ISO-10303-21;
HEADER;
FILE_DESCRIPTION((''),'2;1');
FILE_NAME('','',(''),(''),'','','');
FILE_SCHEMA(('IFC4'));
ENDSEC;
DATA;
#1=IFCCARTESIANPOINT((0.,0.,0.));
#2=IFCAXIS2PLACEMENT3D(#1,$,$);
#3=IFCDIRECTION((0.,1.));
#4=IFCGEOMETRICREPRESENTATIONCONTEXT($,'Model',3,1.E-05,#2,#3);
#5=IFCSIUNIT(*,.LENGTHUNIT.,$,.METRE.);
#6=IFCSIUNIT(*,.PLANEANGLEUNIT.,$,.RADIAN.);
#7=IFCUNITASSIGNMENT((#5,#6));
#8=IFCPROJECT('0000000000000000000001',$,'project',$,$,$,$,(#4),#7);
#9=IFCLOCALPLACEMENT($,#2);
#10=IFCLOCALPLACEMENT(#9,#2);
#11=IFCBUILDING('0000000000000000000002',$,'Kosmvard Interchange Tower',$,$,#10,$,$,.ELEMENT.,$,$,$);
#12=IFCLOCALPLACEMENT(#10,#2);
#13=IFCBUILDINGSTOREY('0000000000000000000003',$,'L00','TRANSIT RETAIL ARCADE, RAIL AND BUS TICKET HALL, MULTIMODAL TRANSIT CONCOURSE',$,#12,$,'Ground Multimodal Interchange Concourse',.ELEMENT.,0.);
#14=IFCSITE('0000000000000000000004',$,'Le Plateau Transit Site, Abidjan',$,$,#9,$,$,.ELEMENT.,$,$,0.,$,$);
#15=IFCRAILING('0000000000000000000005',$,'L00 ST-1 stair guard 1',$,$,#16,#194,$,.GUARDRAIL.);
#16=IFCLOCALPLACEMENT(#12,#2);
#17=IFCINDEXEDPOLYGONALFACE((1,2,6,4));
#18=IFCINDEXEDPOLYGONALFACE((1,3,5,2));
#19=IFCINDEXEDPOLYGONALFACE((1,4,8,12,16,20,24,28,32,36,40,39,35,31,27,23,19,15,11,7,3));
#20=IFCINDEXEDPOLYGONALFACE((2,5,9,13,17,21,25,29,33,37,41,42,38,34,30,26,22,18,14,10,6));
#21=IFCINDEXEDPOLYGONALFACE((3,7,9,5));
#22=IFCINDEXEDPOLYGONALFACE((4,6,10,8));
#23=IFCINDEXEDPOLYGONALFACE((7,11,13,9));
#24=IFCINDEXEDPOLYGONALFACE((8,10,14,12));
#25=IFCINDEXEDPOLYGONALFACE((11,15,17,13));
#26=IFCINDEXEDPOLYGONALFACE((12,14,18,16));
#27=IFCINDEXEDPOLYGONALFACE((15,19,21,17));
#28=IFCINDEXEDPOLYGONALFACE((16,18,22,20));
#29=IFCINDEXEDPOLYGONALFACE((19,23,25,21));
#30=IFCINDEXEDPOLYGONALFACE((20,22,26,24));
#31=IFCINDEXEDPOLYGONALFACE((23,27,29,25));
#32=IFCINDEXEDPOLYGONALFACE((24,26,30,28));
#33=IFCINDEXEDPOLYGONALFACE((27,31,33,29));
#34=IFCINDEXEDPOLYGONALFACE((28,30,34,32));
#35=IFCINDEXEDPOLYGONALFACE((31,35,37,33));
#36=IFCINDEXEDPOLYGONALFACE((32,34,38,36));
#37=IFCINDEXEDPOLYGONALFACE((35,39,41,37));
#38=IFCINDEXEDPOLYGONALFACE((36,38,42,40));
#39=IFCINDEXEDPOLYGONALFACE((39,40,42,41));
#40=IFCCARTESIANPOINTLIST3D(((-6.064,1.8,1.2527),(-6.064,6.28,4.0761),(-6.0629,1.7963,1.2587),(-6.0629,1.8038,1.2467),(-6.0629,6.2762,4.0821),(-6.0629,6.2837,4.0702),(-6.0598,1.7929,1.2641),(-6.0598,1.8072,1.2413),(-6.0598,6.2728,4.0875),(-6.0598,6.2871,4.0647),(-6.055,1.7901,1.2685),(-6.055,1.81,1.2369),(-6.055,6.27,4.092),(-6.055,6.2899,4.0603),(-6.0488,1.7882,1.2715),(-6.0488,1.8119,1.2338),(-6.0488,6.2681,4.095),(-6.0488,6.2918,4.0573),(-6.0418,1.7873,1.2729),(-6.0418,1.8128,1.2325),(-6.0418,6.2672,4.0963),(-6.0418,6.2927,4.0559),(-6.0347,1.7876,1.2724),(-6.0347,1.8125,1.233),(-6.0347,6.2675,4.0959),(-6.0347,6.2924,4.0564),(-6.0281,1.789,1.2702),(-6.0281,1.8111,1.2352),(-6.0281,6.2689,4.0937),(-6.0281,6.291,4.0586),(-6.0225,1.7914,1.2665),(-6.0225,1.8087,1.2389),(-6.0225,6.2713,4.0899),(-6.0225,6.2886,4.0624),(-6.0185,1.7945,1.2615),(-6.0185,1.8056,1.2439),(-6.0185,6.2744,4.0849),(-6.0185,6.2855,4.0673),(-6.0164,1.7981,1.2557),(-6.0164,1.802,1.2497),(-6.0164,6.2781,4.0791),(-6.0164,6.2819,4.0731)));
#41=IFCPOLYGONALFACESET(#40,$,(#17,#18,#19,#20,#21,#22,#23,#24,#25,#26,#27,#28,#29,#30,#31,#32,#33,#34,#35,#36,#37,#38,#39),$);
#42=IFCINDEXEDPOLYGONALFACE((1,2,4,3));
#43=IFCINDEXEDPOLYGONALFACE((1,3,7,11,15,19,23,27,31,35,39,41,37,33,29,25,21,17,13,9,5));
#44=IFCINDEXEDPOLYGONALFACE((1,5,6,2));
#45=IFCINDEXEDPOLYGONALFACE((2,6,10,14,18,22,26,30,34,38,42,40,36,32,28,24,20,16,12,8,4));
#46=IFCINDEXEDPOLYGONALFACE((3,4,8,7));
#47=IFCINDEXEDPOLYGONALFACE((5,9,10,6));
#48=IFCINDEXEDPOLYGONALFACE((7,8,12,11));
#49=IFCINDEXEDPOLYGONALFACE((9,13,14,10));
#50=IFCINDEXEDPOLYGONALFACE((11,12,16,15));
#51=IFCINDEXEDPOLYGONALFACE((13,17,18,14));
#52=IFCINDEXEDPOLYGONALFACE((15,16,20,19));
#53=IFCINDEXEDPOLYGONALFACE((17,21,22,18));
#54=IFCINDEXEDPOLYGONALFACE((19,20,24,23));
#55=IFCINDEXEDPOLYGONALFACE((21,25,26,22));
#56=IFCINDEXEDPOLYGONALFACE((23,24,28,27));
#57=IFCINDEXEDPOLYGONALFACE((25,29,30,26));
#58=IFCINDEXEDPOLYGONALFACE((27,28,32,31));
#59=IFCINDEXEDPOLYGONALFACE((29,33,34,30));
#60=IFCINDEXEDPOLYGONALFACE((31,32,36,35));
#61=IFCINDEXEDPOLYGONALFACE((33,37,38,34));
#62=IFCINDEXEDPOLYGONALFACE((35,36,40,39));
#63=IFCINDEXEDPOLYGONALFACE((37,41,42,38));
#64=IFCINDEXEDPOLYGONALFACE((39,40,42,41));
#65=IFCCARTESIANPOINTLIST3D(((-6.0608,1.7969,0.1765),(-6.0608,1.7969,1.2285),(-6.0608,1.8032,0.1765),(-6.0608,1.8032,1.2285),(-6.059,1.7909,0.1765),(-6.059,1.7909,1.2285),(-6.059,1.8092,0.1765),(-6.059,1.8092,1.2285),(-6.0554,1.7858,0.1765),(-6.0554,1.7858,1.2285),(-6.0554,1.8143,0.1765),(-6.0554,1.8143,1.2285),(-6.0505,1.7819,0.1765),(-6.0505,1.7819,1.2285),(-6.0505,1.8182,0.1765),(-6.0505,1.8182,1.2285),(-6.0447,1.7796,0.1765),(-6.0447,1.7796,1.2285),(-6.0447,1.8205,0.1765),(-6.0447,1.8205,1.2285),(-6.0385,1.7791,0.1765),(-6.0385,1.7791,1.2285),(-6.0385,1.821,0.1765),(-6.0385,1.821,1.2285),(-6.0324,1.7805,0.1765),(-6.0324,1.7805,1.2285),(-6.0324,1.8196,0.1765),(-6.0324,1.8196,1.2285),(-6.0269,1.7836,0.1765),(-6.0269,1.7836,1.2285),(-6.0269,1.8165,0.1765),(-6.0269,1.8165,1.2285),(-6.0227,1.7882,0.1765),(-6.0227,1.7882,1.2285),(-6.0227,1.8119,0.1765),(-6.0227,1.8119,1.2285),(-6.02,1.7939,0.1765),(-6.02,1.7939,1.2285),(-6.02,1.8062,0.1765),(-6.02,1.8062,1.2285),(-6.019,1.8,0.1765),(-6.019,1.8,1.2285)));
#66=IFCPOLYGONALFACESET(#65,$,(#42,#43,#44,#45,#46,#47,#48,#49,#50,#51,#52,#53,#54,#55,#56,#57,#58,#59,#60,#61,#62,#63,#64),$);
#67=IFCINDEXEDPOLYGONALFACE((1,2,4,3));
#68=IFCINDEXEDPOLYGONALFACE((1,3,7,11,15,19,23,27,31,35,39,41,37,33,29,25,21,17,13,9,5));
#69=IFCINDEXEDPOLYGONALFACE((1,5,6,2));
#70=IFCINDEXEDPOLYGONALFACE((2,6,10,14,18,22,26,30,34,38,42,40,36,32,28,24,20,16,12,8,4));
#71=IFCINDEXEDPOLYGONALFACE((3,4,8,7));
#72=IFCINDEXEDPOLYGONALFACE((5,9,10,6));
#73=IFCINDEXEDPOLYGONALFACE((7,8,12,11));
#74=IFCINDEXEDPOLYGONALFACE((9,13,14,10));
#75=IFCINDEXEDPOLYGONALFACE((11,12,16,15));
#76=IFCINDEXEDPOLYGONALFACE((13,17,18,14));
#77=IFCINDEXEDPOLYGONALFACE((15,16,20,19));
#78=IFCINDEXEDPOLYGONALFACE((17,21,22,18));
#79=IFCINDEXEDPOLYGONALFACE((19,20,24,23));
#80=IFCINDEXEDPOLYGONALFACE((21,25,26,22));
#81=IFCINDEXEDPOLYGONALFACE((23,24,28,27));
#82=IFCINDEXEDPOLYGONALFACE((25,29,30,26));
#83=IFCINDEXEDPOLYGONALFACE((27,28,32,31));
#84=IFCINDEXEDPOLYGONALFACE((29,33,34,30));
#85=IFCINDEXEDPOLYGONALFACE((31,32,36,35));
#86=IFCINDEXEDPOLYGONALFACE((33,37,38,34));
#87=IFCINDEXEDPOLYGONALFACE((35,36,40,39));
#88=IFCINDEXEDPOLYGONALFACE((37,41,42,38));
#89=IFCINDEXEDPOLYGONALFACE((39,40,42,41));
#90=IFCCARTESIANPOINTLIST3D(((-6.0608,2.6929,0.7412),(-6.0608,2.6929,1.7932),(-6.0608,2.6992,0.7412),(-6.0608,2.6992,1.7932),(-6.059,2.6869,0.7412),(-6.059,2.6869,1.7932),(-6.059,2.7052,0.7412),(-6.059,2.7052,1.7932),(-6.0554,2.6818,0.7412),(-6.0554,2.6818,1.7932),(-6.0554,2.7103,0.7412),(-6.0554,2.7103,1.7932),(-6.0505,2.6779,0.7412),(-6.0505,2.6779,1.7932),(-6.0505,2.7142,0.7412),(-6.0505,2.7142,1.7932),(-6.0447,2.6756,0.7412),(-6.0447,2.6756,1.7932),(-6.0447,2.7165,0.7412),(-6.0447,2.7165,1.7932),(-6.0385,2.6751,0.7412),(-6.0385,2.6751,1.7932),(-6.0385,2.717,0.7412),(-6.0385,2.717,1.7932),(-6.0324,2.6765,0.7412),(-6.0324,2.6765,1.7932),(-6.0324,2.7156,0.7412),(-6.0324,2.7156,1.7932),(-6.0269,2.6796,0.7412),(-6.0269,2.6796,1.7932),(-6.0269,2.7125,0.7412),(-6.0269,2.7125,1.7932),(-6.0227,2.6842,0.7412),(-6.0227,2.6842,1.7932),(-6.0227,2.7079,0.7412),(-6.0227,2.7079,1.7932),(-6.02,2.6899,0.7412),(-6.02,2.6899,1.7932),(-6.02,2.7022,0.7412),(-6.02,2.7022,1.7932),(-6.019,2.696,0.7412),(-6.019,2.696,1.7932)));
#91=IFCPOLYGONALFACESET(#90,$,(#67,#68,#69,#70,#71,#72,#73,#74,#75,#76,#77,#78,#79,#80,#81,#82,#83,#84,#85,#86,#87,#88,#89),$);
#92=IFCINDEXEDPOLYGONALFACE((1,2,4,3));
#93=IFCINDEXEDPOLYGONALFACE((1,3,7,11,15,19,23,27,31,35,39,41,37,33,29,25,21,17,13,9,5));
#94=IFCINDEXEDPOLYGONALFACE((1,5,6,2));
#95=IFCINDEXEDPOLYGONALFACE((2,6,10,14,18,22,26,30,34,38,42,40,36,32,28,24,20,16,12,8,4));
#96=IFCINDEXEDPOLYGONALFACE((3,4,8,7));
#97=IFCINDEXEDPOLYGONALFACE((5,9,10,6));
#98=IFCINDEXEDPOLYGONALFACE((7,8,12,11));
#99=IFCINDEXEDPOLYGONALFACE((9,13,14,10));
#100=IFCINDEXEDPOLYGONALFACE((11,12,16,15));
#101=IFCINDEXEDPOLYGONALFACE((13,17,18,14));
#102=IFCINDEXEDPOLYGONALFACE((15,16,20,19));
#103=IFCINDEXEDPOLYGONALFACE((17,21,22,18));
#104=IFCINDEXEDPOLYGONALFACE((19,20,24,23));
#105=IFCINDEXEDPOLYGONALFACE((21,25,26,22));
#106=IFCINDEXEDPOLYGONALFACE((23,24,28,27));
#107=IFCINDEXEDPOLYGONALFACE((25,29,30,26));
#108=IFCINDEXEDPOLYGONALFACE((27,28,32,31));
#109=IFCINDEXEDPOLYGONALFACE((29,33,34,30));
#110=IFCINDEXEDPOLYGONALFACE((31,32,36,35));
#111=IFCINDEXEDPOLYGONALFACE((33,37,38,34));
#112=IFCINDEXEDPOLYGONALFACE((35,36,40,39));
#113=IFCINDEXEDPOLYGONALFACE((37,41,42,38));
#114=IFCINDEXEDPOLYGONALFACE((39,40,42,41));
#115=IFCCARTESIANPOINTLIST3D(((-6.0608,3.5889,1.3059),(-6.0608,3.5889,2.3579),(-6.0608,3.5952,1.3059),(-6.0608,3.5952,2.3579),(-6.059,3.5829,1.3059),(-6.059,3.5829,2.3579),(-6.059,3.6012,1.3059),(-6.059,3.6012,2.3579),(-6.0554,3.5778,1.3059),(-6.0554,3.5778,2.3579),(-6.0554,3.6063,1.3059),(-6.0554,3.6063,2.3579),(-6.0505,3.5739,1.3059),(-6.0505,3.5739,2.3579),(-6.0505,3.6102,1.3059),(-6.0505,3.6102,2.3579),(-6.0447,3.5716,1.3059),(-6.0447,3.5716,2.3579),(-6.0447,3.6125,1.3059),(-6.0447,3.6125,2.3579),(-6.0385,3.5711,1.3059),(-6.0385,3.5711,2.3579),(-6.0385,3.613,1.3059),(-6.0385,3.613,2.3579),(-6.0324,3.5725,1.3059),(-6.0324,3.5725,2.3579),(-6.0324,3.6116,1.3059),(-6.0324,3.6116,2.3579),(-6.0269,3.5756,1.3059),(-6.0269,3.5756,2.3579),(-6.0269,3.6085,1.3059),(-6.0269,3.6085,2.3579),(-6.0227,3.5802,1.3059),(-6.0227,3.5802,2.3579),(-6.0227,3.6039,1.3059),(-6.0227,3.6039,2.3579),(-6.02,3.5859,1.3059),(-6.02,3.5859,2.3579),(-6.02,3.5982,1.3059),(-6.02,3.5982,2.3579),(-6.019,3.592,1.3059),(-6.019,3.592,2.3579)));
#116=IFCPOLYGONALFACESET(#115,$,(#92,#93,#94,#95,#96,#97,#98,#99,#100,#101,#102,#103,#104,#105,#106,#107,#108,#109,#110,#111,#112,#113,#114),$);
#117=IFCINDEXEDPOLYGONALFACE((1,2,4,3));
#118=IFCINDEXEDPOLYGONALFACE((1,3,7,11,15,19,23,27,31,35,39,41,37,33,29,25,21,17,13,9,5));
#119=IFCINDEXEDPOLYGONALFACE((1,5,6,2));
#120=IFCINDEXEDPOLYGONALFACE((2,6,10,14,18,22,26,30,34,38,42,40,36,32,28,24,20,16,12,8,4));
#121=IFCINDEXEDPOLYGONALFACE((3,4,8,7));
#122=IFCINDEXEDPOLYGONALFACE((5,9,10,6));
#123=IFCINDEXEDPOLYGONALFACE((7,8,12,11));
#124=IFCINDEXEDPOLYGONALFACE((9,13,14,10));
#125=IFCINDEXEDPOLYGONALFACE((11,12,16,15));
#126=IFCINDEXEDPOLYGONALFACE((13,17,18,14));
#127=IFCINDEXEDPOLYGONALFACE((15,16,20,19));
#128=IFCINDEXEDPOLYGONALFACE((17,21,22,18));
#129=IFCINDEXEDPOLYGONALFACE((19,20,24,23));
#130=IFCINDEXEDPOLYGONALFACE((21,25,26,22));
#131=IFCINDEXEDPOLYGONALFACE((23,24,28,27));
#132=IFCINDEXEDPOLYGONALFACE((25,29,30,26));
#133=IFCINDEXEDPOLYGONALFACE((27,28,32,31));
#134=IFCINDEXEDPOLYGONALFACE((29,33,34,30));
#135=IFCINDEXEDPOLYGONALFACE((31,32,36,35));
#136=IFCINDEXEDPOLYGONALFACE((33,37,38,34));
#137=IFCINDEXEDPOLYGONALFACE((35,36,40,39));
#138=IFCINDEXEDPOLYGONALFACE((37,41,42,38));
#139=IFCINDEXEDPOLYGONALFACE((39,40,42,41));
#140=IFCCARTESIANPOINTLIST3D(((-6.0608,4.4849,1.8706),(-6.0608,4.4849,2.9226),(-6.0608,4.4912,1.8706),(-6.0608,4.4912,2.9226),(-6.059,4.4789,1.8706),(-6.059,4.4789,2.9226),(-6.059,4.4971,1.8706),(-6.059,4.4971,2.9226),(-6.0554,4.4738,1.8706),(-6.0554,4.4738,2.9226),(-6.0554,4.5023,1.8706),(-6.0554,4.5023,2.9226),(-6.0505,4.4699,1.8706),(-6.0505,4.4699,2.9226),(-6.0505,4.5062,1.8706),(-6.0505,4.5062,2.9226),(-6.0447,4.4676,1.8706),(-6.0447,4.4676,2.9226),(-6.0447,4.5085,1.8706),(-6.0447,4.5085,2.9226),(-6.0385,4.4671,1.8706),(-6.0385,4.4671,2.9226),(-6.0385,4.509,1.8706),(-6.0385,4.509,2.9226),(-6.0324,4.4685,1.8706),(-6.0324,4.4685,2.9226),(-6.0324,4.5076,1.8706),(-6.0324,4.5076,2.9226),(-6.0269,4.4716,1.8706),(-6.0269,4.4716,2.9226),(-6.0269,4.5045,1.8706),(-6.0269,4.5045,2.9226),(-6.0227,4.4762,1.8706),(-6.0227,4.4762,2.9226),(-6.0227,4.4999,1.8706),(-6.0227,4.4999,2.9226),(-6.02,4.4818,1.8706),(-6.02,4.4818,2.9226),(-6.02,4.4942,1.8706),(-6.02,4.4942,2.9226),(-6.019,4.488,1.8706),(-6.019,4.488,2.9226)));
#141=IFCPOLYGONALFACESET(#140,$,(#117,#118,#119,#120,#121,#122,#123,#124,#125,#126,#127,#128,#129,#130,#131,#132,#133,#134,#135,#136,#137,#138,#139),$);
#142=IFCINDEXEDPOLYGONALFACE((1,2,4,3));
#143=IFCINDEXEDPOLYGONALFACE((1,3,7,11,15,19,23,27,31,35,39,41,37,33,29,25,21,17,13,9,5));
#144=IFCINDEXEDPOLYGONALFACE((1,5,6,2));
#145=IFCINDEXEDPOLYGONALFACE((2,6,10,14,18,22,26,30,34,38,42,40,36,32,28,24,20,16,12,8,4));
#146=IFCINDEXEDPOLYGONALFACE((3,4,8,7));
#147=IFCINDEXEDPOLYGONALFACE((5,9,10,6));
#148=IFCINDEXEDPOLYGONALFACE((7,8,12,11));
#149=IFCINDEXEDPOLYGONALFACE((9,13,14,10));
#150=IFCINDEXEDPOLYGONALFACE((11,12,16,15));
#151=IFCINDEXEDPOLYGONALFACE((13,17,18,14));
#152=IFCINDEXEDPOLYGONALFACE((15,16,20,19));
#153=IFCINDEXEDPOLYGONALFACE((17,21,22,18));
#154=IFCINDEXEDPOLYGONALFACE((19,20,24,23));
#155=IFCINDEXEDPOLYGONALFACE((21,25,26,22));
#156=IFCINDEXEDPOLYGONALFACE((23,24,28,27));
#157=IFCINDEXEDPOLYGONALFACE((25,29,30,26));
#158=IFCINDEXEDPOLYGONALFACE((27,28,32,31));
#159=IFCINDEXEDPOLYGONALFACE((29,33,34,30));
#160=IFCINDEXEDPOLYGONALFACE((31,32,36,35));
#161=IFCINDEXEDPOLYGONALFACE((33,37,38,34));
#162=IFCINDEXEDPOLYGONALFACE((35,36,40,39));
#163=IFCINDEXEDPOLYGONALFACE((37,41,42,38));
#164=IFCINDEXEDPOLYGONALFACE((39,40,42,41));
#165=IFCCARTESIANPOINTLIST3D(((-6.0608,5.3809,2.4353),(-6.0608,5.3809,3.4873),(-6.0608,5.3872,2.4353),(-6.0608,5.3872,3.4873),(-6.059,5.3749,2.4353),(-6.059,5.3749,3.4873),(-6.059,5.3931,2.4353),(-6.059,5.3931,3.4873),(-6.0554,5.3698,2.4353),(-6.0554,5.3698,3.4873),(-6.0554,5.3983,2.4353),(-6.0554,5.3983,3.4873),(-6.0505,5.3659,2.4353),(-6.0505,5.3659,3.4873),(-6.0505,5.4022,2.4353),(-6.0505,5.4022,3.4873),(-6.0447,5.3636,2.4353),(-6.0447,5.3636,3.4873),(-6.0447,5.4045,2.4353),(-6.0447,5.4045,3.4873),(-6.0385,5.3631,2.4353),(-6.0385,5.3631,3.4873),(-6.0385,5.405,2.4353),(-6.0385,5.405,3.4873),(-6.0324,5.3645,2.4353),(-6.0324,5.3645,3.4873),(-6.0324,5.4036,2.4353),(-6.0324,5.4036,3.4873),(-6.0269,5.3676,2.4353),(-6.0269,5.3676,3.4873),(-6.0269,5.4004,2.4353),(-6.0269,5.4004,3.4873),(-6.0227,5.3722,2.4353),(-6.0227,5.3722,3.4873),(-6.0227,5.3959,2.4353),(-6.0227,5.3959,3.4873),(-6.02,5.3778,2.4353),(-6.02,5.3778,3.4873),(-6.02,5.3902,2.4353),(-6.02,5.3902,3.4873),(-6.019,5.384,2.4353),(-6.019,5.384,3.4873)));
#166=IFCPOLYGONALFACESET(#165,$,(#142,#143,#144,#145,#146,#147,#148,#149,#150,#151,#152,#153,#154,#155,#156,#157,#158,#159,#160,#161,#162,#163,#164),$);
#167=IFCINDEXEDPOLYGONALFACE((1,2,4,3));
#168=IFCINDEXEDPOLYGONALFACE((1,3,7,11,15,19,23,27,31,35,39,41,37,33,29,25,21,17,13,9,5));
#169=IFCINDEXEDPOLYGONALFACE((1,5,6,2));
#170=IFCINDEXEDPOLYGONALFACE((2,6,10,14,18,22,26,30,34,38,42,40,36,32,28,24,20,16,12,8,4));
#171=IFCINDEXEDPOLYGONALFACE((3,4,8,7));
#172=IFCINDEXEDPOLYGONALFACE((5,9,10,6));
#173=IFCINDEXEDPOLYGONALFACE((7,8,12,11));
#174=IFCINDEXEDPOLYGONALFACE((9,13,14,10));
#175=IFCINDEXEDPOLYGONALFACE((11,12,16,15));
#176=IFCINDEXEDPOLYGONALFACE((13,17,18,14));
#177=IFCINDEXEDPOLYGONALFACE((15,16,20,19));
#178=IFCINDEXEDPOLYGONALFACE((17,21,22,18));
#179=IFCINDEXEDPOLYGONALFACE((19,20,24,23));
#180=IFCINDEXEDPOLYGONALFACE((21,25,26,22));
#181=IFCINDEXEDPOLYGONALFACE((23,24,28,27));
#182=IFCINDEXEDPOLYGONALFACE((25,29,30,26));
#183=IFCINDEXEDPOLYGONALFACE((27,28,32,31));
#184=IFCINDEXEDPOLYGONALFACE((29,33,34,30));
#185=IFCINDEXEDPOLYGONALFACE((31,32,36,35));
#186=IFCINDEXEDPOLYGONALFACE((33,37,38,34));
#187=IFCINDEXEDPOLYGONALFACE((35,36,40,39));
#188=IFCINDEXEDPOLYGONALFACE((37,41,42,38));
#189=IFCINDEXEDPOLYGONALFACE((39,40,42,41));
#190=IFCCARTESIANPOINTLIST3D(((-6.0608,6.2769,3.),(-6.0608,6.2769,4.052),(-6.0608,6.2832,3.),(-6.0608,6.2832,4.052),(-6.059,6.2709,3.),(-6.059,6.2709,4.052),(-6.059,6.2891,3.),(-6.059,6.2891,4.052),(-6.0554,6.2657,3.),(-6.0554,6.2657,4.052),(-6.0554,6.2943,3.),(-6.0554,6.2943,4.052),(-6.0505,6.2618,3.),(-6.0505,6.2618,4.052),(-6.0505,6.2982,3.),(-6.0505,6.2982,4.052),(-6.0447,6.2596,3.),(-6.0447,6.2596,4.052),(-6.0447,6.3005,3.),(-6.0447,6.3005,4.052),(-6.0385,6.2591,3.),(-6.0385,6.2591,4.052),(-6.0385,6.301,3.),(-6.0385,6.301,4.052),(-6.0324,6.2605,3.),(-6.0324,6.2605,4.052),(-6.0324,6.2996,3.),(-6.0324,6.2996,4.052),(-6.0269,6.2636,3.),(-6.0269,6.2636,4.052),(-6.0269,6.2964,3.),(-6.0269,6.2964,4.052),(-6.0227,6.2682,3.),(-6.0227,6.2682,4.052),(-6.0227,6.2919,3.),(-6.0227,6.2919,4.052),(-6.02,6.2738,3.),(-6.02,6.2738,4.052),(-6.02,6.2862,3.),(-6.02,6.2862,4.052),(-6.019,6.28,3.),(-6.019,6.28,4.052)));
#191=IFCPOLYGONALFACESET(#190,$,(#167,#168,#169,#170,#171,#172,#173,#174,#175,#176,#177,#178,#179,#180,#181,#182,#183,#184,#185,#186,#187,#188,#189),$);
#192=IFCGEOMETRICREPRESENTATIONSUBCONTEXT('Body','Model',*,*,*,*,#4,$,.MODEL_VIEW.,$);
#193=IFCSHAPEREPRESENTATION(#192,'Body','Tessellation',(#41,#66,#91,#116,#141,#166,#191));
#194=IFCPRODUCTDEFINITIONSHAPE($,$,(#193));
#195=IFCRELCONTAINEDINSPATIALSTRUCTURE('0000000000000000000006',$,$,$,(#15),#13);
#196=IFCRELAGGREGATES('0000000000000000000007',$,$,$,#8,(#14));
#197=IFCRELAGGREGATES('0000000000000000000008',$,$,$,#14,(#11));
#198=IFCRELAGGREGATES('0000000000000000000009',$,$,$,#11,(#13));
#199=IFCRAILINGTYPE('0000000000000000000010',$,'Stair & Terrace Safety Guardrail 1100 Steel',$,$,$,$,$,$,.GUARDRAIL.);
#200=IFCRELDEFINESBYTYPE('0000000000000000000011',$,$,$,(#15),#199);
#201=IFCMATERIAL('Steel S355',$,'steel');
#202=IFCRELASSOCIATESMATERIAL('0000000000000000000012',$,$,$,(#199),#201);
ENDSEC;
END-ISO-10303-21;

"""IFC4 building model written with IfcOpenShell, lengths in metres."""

from ifc_helpers import new_model, si_unit, direction, frame, origin, origin_2d, place, context, subcontext, project, spatial, circle, extrude, source, transform, mapped, material, type_object, element, save


model = new_model("IFC4")

# Units and contexts
model_context = context("Model", 3, precision=1e-05, world=origin(), true_north=direction((0.0, 1.0)))
body_context = subcontext(model_context, "Body", "Model", "MODEL_VIEW")
ifc_project = project(units=[si_unit("LENGTHUNIT", "METRE"), si_unit("PLANEANGLEUNIT", "RADIAN")], contexts=[model_context])

# Site, building, storey
site_placement = place(None, origin())
site = spatial("IfcSite", under=ifc_project, at=site_placement, Name="Le Plateau Transit Site, Abidjan", CompositionType="ELEMENT", RefElevation=0.0)
building_placement = place(site_placement, origin())
building = spatial("IfcBuilding", under=site, at=building_placement, Name="Kosmvard Interchange Tower", CompositionType="ELEMENT")
storey_placement = place(building_placement, origin())
storey = spatial("IfcBuildingStorey", under=building, at=storey_placement, Name="L00", Description="TRANSIT RETAIL ARCADE, RAIL AND BUS TICKET HALL, MULTIMODAL TRANSIT CONCOURSE", LongName="Ground Multimodal Interchange Concourse", CompositionType="ELEMENT", Elevation=0.0)

# Railing
ifc_material_1 = material(Name="Steel S355", Category="steel")
railing_type_1 = type_object("IfcRailingType", Name="Stair & Terrace Safety Guardrail 1100 Steel", PredefinedType="GUARDRAIL", material=ifc_material_1)
shared_shape_1 = source(origin(), body_context, "Body", "SweptSolid", [
    extrude(circle(Radius=0.0239, at=origin_2d()), frame((0.0, 0.0, 1.0762), z_axis=(0.0, 0.845998, 0.533186), x_axis=(-1.0, 0.0, 0.0)), (0.0, 0.0, 1.0), 5.2954),
    extrude(circle(Radius=0.021, at=origin_2d()), origin(), (0.0, 0.0, 1.0), 1.052),
    extrude(circle(Radius=0.021, at=origin_2d()), frame((0.0, 0.896, 0.5647)), (0.0, 0.0, 1.0), 1.052),
    extrude(circle(Radius=0.021, at=origin_2d()), frame((0.0, 1.792, 1.1294)), (0.0, 0.0, 1.0), 1.052),
    extrude(circle(Radius=0.021, at=origin_2d()), frame((0.0, 2.688, 1.6941)), (0.0, 0.0, 1.0), 1.052),
    extrude(circle(Radius=0.021, at=origin_2d()), frame((0.0, 3.584, 2.2588)), (0.0, 0.0, 1.0), 1.052),
    extrude(circle(Radius=0.021, at=origin_2d()), frame((0.0, 4.48, 2.8235)), (0.0, 0.0, 1.0), 1.052),
])
railing_1_placement = place(storey_placement, frame((-6.04, 1.8, 0.1765)))
element("IfcRailing", 1, at=railing_1_placement, inside=storey, type_object=railing_type_1, Name="L00 ST-1 stair guard 1", PredefinedType="GUARDRAIL", context=body_context, shape_type="MappedRepresentation", body=[
    mapped(shared_shape_1, transform((0.0, 0.0, 0.0), scale=1.0)),
])

save(model, "model.ifc")
